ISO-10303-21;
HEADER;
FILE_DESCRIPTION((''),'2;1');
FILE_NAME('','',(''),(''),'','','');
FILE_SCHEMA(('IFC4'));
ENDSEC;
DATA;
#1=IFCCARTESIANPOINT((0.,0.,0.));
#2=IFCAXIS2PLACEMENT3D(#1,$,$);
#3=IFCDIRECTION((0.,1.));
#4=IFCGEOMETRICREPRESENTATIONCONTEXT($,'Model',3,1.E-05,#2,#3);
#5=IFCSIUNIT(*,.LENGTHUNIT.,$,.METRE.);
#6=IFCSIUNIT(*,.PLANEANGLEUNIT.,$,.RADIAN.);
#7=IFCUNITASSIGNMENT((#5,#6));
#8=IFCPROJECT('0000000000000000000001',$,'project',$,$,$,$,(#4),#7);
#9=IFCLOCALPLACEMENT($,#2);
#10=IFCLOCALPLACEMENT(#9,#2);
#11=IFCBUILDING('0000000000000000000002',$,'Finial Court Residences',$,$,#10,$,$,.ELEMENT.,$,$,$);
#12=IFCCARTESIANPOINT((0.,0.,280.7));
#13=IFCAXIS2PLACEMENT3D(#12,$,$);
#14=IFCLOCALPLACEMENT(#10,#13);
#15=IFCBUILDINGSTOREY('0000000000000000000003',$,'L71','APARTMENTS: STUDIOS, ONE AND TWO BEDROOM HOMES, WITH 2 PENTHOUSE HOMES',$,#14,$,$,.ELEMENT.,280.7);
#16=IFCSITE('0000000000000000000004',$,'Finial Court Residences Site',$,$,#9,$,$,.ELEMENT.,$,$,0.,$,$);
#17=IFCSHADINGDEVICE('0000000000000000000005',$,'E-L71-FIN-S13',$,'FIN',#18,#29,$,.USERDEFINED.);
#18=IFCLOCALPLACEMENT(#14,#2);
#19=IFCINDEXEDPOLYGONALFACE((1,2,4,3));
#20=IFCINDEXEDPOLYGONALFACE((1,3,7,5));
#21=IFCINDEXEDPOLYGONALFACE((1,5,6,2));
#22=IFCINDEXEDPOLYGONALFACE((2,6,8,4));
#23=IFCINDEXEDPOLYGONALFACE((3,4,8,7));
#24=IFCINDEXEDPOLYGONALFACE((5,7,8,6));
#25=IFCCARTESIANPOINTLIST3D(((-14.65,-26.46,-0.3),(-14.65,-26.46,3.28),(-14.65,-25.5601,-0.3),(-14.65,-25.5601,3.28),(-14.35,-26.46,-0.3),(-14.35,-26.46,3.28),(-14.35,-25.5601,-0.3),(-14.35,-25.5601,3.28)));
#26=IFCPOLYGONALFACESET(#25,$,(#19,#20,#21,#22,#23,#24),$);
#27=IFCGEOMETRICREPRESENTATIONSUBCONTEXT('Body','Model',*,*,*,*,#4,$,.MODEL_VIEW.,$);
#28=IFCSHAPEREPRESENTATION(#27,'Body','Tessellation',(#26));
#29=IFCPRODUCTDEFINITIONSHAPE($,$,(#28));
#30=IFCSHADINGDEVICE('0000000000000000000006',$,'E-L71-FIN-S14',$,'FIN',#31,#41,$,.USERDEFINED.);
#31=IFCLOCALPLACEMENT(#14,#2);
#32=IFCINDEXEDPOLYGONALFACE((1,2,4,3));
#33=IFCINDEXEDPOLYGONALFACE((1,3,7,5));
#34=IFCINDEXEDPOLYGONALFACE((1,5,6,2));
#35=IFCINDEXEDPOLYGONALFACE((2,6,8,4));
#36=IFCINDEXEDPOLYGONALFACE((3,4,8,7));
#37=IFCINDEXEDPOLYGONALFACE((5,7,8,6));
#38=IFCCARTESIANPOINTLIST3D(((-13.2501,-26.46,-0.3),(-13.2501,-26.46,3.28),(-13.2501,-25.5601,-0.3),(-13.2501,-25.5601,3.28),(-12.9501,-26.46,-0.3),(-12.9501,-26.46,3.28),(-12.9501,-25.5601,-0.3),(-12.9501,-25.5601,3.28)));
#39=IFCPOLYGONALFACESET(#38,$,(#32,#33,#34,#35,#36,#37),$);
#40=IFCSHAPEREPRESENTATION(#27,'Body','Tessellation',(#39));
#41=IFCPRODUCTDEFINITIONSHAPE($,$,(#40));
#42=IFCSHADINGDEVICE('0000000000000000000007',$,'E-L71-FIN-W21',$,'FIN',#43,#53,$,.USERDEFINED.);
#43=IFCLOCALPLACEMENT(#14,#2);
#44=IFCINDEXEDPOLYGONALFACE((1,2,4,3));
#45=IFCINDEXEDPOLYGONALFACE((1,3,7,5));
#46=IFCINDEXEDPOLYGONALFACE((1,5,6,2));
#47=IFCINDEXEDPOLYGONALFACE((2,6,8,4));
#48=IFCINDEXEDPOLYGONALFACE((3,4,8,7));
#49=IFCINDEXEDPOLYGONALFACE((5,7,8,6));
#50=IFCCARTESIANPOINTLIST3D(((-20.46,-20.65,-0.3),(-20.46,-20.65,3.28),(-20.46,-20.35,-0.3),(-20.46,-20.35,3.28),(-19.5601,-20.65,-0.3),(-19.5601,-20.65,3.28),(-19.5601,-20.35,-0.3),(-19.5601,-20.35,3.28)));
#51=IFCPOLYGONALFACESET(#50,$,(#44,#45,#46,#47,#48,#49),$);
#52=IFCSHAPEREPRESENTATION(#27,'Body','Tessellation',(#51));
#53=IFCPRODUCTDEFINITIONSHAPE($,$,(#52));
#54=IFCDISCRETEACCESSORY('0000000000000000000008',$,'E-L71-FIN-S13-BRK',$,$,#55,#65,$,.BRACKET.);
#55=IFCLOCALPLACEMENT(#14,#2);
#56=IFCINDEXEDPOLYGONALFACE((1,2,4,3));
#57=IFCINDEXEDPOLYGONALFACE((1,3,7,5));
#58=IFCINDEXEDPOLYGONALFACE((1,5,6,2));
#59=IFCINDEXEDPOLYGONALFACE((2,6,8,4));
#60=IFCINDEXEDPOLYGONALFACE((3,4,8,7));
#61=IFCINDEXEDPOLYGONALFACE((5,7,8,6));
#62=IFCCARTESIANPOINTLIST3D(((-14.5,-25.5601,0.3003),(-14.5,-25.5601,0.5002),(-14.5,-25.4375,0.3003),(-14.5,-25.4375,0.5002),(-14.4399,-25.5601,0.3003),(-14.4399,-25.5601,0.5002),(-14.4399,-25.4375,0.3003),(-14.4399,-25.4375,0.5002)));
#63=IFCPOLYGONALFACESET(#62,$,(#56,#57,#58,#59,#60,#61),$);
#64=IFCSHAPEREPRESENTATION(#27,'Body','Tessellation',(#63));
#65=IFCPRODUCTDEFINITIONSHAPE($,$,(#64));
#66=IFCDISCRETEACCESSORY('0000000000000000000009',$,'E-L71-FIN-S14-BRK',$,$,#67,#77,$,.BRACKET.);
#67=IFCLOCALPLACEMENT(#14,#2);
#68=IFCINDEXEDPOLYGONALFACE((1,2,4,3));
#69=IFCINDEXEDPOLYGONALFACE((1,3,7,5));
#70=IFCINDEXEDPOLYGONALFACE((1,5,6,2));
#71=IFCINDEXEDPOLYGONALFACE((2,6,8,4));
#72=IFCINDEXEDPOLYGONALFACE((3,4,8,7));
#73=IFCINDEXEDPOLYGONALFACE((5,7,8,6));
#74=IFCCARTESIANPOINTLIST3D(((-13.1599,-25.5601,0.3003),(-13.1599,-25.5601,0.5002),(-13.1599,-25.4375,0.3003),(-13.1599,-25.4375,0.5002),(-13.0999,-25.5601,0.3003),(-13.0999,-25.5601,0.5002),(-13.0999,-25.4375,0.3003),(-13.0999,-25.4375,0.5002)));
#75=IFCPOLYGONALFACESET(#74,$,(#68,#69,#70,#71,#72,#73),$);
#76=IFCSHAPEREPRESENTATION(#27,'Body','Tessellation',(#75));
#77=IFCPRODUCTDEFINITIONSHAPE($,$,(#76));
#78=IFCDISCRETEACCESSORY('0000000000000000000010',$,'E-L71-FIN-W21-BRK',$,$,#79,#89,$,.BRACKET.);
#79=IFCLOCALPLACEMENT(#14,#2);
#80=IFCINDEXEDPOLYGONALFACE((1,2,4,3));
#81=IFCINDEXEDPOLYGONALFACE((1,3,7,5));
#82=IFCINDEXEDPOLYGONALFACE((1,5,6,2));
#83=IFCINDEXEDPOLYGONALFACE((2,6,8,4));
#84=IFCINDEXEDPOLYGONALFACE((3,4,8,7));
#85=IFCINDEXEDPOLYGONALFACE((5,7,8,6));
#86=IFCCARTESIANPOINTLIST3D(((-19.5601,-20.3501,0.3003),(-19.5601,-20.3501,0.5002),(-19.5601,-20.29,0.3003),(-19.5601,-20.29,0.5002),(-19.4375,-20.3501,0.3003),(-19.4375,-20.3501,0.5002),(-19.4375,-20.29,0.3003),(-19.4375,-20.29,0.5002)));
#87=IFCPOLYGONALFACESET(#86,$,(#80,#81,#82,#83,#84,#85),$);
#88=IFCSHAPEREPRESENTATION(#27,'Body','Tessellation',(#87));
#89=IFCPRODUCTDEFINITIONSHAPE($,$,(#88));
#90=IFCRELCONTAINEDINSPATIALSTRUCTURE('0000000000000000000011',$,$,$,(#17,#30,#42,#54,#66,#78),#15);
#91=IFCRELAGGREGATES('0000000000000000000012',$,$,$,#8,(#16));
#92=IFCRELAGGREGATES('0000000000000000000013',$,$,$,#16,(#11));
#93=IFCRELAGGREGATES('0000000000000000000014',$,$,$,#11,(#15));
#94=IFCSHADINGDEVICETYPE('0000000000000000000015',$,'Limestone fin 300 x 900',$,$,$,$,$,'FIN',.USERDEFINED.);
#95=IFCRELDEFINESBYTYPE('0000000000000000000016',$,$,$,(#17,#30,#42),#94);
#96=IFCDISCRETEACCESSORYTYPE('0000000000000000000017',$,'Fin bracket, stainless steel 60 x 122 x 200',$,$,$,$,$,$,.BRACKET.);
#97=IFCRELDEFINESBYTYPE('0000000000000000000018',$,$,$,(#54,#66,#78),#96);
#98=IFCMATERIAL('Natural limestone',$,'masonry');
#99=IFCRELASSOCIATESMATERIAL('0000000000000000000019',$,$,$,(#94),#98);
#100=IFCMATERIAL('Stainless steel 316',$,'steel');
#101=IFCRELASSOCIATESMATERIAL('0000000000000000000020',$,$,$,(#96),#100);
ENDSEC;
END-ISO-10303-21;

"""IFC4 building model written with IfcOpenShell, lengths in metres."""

from ifc_helpers import new_model, si_unit, direction, frame, origin, origin_2d, place, context, subcontext, project, spatial, rectangle, extrude, material, type_object, element, save


model = new_model("IFC4")

# Units and contexts
model_context = context("Model", 3, precision=1e-05, world=origin(), true_north=direction((0.0, 1.0)))
body_context = subcontext(model_context, "Body", "Model", "MODEL_VIEW")
ifc_project = project(units=[si_unit("LENGTHUNIT", "METRE"), si_unit("PLANEANGLEUNIT", "RADIAN")], contexts=[model_context])

# Site, building, storey
site_placement = place(None, origin())
site = spatial("IfcSite", under=ifc_project, at=site_placement, Name="Finial Court Residences Site", CompositionType="ELEMENT", RefElevation=0.0)
building_placement = place(site_placement, origin())
building = spatial("IfcBuilding", under=site, at=building_placement, Name="Finial Court Residences", CompositionType="ELEMENT")
storey_placement = place(building_placement, frame((0.0, 0.0, 280.7)))
storey = spatial("IfcBuildingStorey", under=building, at=storey_placement, Name="L71", Description="APARTMENTS: STUDIOS, ONE AND TWO BEDROOM HOMES, WITH 2 PENTHOUSE HOMES", CompositionType="ELEMENT", Elevation=280.7)

# Shared definitions
ifc_material_1 = material(Name="Natural limestone", Category="masonry")

# Shading devices
shading_device_type = type_object("IfcShadingDeviceType", Name="Limestone fin 300 x 900", ElementType="FIN", PredefinedType="USERDEFINED", material=ifc_material_1)
for number, where, z_axis, x_axis, name in (
    (1, (-14.5, -26.01, -0.3), (0.0, 0.0, 1.0), (1.0, 0.0, 0.0), "E-L71-FIN-S13"),
    (2, (-13.1001, -26.01, -0.3), (0.0, 0.0, 1.0), (1.0, 0.0, 0.0), "E-L71-FIN-S14"),
):
    element("IfcShadingDevice", number, at=place(storey_placement, frame(where, z_axis=z_axis, x_axis=x_axis)), inside=storey, type_object=shading_device_type, Name=name, ObjectType="FIN", PredefinedType="USERDEFINED", context=body_context, shape_type="SweptSolid", body=[
        extrude(rectangle(XDim=0.3, YDim=0.8999, at=origin_2d()), origin(), (0.0, 0.0, 1.0), 3.5801),
    ])
shading_device_placement = place(storey_placement, frame((-20.01, -20.5, -0.3), z_axis=(0.0, 0.0, 1.0), x_axis=(1.0, 0.0, 0.0)))
element("IfcShadingDevice", 3, at=shading_device_placement, inside=storey, type_object=shading_device_type, Name="E-L71-FIN-W21", ObjectType="FIN", PredefinedType="USERDEFINED", context=body_context, shape_type="SweptSolid", body=[
    extrude(rectangle(XDim=0.8999, YDim=0.3, at=origin_2d()), origin(), (0.0, 0.0, 1.0), 3.5801),
])

# Discrete accessories
ifc_material_2 = material(Name="Stainless steel 316", Category="steel")
discrete_accessory_type = type_object("IfcDiscreteAccessoryType", Name="Fin bracket, stainless steel 60 x 122 x 200", PredefinedType="BRACKET", material=ifc_material_2)
for number, where, z_axis, x_axis, name in (
    (4, (-14.47, -25.4988, 0.3003), (0.0, 0.0, 1.0), (1.0, 0.0, 0.0), "E-L71-FIN-S13-BRK"),
    (5, (-13.1299, -25.4988, 0.3003), (0.0, 0.0, 1.0), (1.0, 0.0, 0.0), "E-L71-FIN-S14-BRK"),
):
    element("IfcDiscreteAccessory", number, at=place(storey_placement, frame(where, z_axis=z_axis, x_axis=x_axis)), inside=storey, type_object=discrete_accessory_type, Name=name, PredefinedType="BRACKET", context=body_context, shape_type="SweptSolid", body=[
        extrude(rectangle(XDim=0.0601, YDim=0.1226, at=origin_2d()), origin(), (0.0, 0.0, 1.0), 0.2),
    ])
discrete_accessory_placement = place(storey_placement, frame((-19.4988, -20.3201, 0.3003), z_axis=(0.0, 0.0, 1.0), x_axis=(1.0, 0.0, 0.0)))
element("IfcDiscreteAccessory", 6, at=discrete_accessory_placement, inside=storey, type_object=discrete_accessory_type, Name="E-L71-FIN-W21-BRK", PredefinedType="BRACKET", context=body_context, shape_type="SweptSolid", body=[
    extrude(rectangle(XDim=0.1226, YDim=0.0601, at=origin_2d()), origin(), (0.0, 0.0, 1.0), 0.2),
])

save(model, "model.ifc")
